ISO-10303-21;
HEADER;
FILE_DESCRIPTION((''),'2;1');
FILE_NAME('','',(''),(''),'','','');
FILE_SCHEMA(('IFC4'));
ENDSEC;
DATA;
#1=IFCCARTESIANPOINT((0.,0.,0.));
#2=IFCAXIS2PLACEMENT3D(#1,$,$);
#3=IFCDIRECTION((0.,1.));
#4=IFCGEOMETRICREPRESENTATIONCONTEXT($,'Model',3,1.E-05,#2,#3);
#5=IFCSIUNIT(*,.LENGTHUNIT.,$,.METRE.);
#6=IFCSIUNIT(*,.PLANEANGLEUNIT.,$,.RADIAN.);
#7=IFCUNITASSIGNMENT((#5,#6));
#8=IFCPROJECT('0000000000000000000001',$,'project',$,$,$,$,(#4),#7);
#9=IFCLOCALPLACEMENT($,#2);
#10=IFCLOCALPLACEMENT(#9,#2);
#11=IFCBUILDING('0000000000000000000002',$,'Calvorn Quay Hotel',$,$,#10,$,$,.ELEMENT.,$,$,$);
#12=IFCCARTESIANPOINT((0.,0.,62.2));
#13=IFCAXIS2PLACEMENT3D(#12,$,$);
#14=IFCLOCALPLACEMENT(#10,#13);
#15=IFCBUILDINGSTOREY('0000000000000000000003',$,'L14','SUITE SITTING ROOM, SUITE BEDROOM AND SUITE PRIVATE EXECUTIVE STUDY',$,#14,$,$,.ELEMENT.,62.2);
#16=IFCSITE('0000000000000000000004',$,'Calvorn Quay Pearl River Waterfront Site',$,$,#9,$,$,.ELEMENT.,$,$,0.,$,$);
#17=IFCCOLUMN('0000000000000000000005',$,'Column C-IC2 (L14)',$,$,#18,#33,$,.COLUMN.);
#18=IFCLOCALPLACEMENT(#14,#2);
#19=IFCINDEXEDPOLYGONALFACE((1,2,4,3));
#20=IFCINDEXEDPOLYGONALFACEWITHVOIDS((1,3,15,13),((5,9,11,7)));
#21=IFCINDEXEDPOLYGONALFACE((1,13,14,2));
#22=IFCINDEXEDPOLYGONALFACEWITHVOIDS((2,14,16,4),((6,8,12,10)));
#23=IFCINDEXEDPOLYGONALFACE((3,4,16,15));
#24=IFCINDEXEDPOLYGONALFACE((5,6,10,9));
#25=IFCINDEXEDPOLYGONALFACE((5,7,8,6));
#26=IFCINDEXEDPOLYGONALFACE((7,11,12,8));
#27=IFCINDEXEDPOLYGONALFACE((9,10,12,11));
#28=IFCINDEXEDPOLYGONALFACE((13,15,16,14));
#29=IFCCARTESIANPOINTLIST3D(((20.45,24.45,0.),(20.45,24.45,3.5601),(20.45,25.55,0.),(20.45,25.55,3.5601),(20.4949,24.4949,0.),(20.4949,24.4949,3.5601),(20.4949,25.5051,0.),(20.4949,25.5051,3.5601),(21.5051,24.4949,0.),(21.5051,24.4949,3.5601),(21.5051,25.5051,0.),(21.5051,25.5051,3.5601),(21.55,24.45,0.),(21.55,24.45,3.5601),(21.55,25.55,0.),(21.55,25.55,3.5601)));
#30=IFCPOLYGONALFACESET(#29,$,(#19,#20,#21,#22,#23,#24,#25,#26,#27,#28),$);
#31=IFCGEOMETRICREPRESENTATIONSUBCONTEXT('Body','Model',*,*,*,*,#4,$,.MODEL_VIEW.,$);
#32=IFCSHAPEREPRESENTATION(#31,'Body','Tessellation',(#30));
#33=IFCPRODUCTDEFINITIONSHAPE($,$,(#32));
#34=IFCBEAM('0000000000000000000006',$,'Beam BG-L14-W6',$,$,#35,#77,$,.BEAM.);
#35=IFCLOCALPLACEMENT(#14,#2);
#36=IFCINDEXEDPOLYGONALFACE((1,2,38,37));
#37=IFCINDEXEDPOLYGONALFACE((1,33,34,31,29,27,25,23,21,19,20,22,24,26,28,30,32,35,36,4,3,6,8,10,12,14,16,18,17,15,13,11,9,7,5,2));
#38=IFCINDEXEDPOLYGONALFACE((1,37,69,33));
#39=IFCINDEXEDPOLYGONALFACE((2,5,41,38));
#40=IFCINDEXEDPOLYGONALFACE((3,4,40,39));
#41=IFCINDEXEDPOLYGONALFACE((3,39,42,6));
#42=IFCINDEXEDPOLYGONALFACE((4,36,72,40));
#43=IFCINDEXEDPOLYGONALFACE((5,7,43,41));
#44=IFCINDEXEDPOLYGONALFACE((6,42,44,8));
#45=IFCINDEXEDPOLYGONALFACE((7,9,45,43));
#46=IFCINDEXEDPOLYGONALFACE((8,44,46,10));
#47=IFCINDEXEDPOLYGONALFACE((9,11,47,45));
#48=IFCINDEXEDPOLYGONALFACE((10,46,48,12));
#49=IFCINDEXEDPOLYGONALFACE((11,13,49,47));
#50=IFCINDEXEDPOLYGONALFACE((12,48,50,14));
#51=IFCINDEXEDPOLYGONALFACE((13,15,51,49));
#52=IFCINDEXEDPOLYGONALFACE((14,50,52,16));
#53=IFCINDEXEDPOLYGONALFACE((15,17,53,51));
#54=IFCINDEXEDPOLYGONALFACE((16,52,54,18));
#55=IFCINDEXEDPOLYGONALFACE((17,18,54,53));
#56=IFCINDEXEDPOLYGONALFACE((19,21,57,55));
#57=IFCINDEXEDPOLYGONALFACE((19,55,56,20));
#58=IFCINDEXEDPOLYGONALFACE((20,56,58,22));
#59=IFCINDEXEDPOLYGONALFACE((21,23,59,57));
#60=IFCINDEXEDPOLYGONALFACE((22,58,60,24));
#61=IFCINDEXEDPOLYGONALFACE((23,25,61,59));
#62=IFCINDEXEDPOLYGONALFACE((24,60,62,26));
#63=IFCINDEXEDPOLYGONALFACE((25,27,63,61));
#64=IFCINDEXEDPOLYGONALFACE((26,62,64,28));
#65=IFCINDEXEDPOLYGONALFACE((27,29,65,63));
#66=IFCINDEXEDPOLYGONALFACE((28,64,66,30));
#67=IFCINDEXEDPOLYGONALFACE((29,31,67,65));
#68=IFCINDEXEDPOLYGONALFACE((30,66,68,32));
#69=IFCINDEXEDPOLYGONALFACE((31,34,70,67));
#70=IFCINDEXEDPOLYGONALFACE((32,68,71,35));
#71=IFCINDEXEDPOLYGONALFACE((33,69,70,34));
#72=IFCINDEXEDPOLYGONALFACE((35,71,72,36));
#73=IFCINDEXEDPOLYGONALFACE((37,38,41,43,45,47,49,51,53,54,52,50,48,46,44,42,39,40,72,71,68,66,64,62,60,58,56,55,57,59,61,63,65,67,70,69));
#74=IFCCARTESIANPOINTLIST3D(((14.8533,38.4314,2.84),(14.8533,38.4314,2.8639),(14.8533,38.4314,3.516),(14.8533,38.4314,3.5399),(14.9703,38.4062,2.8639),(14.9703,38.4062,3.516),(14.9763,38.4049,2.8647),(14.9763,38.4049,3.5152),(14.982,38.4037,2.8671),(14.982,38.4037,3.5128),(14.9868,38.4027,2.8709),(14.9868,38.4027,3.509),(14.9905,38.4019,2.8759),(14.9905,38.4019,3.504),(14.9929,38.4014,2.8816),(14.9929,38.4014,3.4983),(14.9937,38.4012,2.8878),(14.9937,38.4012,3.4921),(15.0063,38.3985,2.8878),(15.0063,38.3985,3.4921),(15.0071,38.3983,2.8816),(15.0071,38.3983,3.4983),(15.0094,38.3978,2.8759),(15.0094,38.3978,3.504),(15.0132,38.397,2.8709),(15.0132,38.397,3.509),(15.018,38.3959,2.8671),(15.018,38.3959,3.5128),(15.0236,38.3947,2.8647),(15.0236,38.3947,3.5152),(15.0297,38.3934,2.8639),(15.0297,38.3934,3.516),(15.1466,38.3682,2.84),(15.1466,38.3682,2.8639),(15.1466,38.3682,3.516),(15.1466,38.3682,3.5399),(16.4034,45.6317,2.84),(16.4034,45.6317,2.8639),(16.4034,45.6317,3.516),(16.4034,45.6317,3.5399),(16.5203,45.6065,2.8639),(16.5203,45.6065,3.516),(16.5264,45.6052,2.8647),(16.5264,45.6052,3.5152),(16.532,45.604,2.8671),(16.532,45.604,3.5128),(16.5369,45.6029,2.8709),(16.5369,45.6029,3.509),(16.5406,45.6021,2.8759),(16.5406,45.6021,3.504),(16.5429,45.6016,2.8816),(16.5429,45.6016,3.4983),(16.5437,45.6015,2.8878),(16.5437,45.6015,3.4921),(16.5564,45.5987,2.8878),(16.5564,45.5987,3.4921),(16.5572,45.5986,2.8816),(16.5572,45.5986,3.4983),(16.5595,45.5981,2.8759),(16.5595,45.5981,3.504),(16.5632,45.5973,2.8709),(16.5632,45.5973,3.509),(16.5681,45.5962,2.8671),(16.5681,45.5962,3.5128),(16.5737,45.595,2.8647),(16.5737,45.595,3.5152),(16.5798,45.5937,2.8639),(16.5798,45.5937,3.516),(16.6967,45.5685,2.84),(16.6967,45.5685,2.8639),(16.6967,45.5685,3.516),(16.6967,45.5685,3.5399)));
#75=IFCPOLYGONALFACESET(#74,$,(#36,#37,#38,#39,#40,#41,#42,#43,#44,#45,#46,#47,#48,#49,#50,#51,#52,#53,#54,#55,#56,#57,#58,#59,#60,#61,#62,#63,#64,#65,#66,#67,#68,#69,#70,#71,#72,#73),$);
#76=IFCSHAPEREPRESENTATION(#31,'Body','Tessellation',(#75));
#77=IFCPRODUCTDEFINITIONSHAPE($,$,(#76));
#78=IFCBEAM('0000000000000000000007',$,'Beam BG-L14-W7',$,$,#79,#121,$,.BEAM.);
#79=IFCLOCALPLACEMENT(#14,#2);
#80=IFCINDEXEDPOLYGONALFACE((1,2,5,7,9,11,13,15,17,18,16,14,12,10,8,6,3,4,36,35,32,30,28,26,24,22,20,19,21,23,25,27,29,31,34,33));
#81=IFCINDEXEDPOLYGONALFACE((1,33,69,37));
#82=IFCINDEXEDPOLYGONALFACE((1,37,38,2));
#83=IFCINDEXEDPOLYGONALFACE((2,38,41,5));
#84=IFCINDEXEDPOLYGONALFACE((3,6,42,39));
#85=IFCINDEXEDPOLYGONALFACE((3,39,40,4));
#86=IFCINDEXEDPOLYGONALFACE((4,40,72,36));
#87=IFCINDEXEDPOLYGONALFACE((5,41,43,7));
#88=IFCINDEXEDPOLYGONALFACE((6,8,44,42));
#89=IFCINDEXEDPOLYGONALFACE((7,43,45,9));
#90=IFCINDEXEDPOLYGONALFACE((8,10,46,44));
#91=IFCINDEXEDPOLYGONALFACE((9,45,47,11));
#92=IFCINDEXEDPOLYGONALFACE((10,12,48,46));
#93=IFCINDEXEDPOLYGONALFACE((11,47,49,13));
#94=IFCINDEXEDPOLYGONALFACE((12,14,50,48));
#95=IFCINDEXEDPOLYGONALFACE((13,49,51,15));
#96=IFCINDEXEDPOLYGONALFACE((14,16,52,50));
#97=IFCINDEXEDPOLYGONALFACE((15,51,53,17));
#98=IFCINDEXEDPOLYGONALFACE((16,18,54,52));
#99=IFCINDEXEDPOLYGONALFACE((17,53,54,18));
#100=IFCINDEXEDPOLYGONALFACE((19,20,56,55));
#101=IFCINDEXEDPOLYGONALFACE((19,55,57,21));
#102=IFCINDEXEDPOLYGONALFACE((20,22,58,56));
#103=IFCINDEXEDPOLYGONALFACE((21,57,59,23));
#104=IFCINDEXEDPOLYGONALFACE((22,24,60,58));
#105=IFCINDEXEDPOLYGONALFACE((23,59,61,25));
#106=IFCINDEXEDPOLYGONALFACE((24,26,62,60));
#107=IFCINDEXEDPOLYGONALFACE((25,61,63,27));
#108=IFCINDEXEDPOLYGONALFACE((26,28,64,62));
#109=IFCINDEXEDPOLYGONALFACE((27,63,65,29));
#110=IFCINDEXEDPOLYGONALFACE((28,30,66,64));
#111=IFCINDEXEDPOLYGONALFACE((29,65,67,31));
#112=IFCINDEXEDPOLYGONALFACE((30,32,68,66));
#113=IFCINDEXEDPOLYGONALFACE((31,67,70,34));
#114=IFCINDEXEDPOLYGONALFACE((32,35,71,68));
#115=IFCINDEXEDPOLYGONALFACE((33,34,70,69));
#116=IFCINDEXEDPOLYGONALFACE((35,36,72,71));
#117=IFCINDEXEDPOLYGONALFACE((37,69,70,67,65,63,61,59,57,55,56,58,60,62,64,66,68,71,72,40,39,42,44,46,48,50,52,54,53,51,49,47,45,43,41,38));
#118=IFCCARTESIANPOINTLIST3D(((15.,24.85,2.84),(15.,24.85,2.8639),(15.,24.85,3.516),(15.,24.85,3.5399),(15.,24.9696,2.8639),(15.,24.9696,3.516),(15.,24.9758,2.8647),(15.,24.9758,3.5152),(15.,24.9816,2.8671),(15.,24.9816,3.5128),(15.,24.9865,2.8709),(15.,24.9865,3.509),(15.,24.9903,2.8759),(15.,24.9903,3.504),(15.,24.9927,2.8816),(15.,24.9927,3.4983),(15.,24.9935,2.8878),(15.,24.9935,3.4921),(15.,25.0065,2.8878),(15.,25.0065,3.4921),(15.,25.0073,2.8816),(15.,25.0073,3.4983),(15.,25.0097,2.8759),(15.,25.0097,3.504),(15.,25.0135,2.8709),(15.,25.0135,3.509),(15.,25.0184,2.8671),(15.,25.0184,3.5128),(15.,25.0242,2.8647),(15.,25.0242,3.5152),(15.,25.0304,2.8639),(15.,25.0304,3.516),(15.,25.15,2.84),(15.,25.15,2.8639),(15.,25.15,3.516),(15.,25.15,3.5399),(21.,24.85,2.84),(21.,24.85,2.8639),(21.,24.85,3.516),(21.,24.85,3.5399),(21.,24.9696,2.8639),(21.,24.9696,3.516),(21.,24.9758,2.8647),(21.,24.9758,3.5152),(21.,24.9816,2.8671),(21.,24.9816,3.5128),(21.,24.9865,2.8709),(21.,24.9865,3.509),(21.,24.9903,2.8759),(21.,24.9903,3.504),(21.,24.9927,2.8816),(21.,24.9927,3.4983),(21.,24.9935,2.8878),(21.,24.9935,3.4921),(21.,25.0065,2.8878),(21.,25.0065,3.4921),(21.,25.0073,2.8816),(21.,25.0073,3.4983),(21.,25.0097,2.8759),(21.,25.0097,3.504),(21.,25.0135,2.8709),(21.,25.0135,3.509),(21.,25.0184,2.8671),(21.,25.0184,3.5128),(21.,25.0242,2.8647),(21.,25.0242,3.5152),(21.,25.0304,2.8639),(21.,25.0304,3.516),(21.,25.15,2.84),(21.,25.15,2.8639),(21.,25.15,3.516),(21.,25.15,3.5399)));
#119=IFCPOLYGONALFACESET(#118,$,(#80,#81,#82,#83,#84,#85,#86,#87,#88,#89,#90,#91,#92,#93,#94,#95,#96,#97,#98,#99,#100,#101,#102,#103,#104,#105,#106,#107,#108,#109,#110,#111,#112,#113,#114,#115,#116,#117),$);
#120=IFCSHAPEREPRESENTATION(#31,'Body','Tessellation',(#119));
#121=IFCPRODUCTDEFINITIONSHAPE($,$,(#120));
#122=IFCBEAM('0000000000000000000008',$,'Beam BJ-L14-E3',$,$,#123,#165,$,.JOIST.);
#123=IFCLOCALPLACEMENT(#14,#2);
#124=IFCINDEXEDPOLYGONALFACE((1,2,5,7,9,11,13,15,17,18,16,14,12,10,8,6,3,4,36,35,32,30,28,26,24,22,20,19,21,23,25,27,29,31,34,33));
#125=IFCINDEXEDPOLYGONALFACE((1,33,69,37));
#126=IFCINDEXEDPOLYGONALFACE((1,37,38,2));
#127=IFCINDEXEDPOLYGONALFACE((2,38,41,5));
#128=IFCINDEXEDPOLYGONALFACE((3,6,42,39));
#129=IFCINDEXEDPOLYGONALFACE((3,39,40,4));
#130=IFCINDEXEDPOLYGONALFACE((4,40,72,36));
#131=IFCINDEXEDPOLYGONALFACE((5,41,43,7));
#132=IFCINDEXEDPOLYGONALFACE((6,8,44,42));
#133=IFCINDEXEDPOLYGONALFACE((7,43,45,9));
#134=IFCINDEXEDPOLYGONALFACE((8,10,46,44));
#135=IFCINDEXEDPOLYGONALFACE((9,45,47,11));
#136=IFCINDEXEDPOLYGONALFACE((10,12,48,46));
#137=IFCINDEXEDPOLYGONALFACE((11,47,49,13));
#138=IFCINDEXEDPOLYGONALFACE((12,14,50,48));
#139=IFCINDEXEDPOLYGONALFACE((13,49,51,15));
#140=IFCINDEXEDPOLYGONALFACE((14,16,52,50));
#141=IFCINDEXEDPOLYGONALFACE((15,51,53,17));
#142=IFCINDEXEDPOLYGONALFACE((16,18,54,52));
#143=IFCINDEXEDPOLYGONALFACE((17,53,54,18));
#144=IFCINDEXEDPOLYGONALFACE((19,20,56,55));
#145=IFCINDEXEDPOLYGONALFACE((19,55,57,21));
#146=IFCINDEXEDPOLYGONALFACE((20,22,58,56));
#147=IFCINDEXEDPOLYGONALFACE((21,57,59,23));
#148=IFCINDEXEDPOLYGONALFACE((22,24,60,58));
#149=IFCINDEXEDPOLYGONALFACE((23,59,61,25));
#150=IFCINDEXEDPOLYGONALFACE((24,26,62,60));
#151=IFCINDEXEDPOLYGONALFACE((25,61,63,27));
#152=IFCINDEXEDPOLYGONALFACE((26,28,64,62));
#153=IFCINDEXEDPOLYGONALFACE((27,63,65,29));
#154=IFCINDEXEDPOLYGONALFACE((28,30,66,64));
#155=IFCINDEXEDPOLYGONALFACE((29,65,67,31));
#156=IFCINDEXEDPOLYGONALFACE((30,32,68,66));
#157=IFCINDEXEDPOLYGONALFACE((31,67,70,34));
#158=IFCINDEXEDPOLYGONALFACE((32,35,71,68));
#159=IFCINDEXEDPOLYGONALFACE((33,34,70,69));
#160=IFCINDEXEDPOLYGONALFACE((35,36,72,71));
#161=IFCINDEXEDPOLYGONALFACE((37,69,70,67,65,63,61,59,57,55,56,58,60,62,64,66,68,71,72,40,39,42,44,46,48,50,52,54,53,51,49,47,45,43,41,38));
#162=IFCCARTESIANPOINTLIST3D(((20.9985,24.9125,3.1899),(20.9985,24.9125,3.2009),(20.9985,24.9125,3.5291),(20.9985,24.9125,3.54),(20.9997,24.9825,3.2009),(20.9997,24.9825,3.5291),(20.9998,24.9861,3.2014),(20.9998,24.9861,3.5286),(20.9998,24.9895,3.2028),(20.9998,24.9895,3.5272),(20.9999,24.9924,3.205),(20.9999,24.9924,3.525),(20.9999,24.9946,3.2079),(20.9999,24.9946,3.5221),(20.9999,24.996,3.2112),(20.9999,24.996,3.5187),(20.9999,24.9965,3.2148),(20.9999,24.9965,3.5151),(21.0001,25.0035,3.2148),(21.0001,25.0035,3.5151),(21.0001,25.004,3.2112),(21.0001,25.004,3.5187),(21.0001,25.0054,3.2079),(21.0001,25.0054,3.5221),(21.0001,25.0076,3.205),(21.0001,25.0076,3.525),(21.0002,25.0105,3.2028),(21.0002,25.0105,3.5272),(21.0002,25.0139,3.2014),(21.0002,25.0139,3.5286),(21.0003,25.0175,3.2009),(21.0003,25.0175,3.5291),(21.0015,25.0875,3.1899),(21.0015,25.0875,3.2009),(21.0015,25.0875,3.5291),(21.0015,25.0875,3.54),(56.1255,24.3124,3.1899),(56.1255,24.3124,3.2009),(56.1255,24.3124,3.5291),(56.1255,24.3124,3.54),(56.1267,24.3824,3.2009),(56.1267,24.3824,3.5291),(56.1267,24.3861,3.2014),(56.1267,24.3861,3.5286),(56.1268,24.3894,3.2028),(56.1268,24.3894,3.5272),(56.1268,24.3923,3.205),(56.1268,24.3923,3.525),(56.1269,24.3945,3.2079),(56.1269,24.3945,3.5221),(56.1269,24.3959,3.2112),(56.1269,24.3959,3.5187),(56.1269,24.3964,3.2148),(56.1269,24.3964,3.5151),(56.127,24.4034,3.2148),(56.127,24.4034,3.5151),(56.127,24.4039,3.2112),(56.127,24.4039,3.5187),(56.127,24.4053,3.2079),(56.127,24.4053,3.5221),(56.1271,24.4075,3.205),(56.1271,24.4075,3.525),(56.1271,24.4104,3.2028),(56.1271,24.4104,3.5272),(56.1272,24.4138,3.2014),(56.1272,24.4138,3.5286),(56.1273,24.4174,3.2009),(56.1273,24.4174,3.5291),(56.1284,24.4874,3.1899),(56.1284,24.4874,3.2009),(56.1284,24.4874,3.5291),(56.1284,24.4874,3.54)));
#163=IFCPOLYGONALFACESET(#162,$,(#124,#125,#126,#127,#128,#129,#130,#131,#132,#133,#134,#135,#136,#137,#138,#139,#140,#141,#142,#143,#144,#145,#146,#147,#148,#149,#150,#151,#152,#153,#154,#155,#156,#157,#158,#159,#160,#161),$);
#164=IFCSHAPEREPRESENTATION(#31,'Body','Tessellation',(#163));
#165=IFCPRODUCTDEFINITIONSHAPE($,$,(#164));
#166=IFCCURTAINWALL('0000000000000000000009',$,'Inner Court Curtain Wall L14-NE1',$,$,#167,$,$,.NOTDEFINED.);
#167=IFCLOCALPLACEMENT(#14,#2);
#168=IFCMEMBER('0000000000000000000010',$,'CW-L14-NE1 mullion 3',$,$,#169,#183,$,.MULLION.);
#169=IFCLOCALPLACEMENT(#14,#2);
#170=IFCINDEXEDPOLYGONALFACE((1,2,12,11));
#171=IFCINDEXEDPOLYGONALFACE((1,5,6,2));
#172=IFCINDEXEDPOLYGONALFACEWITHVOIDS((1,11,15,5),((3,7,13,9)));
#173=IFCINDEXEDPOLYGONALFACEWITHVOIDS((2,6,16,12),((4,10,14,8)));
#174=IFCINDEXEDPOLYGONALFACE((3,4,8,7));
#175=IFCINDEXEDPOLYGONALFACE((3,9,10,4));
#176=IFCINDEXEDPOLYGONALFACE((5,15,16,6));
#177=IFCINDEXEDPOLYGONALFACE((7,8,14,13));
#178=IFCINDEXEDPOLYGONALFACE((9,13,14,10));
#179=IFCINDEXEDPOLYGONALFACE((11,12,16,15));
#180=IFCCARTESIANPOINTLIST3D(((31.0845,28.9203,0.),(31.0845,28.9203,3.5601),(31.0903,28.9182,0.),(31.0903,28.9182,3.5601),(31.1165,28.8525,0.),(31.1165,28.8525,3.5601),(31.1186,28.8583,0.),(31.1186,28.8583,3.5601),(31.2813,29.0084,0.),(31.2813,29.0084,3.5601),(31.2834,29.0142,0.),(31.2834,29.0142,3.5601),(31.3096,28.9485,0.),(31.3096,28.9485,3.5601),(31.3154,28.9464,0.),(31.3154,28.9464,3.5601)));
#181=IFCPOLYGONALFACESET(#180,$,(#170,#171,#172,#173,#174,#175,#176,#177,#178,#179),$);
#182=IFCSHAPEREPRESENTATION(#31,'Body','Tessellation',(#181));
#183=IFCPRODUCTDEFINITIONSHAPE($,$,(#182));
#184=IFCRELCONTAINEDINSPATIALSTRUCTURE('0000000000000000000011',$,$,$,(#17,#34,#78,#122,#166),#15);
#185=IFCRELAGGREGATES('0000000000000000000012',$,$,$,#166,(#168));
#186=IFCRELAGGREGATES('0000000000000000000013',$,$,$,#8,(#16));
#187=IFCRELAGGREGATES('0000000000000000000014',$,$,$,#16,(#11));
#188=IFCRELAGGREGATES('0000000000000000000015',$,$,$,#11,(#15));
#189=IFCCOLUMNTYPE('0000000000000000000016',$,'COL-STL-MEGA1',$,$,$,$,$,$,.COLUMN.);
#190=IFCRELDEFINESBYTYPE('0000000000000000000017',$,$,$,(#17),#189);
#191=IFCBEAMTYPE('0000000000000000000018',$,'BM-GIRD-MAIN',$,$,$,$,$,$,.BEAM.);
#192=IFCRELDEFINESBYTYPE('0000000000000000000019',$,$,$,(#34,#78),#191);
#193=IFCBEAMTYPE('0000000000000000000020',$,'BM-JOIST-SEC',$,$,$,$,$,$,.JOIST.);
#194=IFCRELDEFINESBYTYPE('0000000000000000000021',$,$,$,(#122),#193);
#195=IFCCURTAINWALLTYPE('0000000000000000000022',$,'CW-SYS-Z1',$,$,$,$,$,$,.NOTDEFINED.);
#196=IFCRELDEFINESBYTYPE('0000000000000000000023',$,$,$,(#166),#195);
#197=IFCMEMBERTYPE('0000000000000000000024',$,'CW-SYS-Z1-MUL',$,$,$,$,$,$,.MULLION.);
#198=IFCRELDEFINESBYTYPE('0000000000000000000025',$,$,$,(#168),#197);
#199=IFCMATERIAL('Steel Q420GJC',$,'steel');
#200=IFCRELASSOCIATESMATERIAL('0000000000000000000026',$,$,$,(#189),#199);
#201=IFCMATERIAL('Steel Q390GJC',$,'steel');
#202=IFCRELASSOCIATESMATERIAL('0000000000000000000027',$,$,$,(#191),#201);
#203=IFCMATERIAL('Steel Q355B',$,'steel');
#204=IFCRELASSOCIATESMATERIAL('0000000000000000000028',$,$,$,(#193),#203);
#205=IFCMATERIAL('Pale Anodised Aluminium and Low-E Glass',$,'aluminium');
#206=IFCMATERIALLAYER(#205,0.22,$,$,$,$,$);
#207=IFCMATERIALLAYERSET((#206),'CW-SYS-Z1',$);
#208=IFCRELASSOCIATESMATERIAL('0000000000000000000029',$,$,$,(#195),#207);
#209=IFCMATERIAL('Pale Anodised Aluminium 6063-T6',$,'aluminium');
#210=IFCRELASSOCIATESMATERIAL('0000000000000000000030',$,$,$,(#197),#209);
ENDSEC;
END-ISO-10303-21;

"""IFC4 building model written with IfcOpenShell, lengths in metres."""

from ifc_helpers import new_model, si_unit, direction, frame, origin, origin_2d, place, context, subcontext, project, spatial, hollow_rectangle, i_section, extrude, material, layer, layer_set, material_profile, profile_set, type_object, element, aggregate, save


model = new_model("IFC4")

# Units and contexts
model_context = context("Model", 3, precision=1e-05, world=origin(), true_north=direction((0.0, 1.0)))
body_context = subcontext(model_context, "Body", "Model", "MODEL_VIEW")
ifc_project = project(units=[si_unit("LENGTHUNIT", "METRE"), si_unit("PLANEANGLEUNIT", "RADIAN")], contexts=[model_context])

# Site, building, storey
site_placement = place(None, origin())
site = spatial("IfcSite", under=ifc_project, at=site_placement, Name="Calvorn Quay Pearl River Waterfront Site", CompositionType="ELEMENT", RefElevation=0.0)
building_placement = place(site_placement, origin())
building = spatial("IfcBuilding", under=site, at=building_placement, Name="Calvorn Quay Hotel", CompositionType="ELEMENT")
storey_placement = place(building_placement, frame((0.0, 0.0, 62.2)))
storey = spatial("IfcBuildingStorey", under=building, at=storey_placement, Name="L14", Description="SUITE SITTING ROOM, SUITE BEDROOM AND SUITE PRIVATE EXECUTIVE STUDY", CompositionType="ELEMENT", Elevation=62.2)

# Column
ifc_material_1 = material(Name="Steel Q420GJC", Category="steel")
ifc_material_profile_1 = material_profile(ifc_material_1, hollow_rectangle(XDim=1.1001, YDim=1.1001, WallThickness=0.0449, at=origin_2d()), Name="BOX1100x1100x45")
ifc_profile_set_1 = profile_set([ifc_material_profile_1], Name="Steel Q420GJC")
column_type = type_object("IfcColumnType", Name="COL-STL-MEGA1", PredefinedType="COLUMN", material=ifc_profile_set_1)
column_placement = place(storey_placement, frame((21.0, 25.0, 0.0), z_axis=(0.0, 0.0, 1.0), x_axis=(1.0, 0.0, 0.0)))
element("IfcColumn", 1, at=column_placement, inside=storey, type_object=column_type, Name="Column C-IC2 (L14)", PredefinedType="COLUMN", context=body_context, shape_type="SweptSolid", body=[
    extrude(hollow_rectangle(XDim=1.1001, YDim=1.1001, WallThickness=0.0449, at=origin_2d()), origin(), (0.0, 0.0, 1.0), 3.5601),
])

# Beams
ifc_material_2 = material(Name="Steel Q390GJC", Category="steel")
ifc_material_profile_2 = material_profile(ifc_material_2, i_section(OverallWidth=0.3, OverallDepth=0.7, WebThickness=0.0129, FlangeThickness=0.0239, FilletRadius=0.0239, at=origin_2d()), Name="HN700x300x13x24")
ifc_profile_set_2 = profile_set([ifc_material_profile_2], Name="Steel Q390GJC")
beam_type_1 = type_object("IfcBeamType", Name="BM-GIRD-MAIN", PredefinedType="BEAM", material=ifc_profile_set_2)
beam_1_placement = place(storey_placement, frame((16.55, 45.6001, 3.1899), z_axis=(-0.210457, -0.977603, 0.0), x_axis=(0.977603, -0.210457, 0.0)))
element("IfcBeam", 2, at=beam_1_placement, inside=storey, type_object=beam_type_1, Name="Beam BG-L14-W6", PredefinedType="BEAM", context=body_context, shape_type="SweptSolid", body=[
    extrude(i_section(OverallWidth=0.3, OverallDepth=0.7, WebThickness=0.0129, FlangeThickness=0.0239, FilletRadius=0.0239, at=origin_2d()), origin(), (0.0, 0.0, 1.0), 7.3652),
])
beam_2_placement = place(storey_placement, frame((21.0, 25.0, 3.1899), z_axis=(-1.0, 0.0, 0.0), x_axis=(0.0, -1.0, 0.0)))
element("IfcBeam", 3, at=beam_2_placement, inside=storey, type_object=beam_type_1, Name="Beam BG-L14-W7", PredefinedType="BEAM", context=body_context, shape_type="SweptSolid", body=[
    extrude(i_section(OverallWidth=0.3, OverallDepth=0.7, WebThickness=0.0129, FlangeThickness=0.0239, FilletRadius=0.0239, at=origin_2d()), origin(), (0.0, 0.0, 1.0), 6.0),
])
ifc_material_3 = material(Name="Steel Q355B", Category="steel")
ifc_material_profile_3 = material_profile(ifc_material_3, i_section(OverallWidth=0.175, OverallDepth=0.3501, WebThickness=0.0071, FlangeThickness=0.011, FilletRadius=0.0139, at=origin_2d()), Name="HN350x175x7x11")
ifc_profile_set_3 = profile_set([ifc_material_profile_3], Name="Steel Q355B")
beam_type_2 = type_object("IfcBeamType", Name="BM-JOIST-SEC", PredefinedType="JOIST", material=ifc_profile_set_3)
beam_3_placement = place(storey_placement, frame((21.0, 25.0, 3.365), z_axis=(0.999854, -0.017081, 0.0), x_axis=(0.017081, 0.999854, 0.0)))
element("IfcBeam", 4, at=beam_3_placement, inside=storey, type_object=beam_type_2, Name="Beam BJ-L14-E3", PredefinedType="JOIST", context=body_context, shape_type="SweptSolid", body=[
    extrude(i_section(OverallWidth=0.175, OverallDepth=0.3501, WebThickness=0.0071, FlangeThickness=0.011, FilletRadius=0.0139, at=origin_2d()), origin(), (0.0, 0.0, 1.0), 35.1321),
])

# Curtain wall, member
ifc_material_4 = material(Name="Pale Anodised Aluminium and Low-E Glass", Category="aluminium")
ifc_layer_1 = layer(ifc_material_4, 0.22)
ifc_layer_set_1 = layer_set([ifc_layer_1], Name="CW-SYS-Z1")
curtain_wall_type = type_object("IfcCurtainWallType", Name="CW-SYS-Z1", PredefinedType="NOTDEFINED", material=ifc_layer_set_1)
curtain_wall_1_placement = place(storey_placement, origin())
curtain_wall_1 = element("IfcCurtainWall", 5, at=curtain_wall_1_placement, inside=storey, type_object=curtain_wall_type, Name="Inner Court Curtain Wall L14-NE1", PredefinedType="NOTDEFINED")
ifc_material_5 = material(Name="Pale Anodised Aluminium 6063-T6", Category="aluminium")
ifc_material_profile_4 = material_profile(ifc_material_5, hollow_rectangle(XDim=0.075, YDim=0.22, WallThickness=0.0044, at=origin_2d()), Name="ALU-M220x75x4.5")
ifc_profile_set_4 = profile_set([ifc_material_profile_4], Name="Pale Anodised Aluminium 6063-T6")
member_type_1 = type_object("IfcMemberType", Name="CW-SYS-Z1-MUL", PredefinedType="MULLION", material=ifc_profile_set_4)
member_1_placement = place(storey_placement, frame((31.2, 28.9333, 0.0), z_axis=(0.0, 0.0, 1.0), x_axis=(0.427006, -0.904249, 0.0)))
member_1 = element("IfcMember", 6, at=member_1_placement, type_object=member_type_1, Name="CW-L14-NE1 mullion 3", PredefinedType="MULLION", context=body_context, shape_type="SweptSolid", body=[
    extrude(hollow_rectangle(XDim=0.075, YDim=0.22, WallThickness=0.0044, at=origin_2d()), origin(), (0.0, 0.0, 1.0), 3.5601),
])

aggregate(curtain_wall_1, [member_1])

save(model, "model.ifc")
